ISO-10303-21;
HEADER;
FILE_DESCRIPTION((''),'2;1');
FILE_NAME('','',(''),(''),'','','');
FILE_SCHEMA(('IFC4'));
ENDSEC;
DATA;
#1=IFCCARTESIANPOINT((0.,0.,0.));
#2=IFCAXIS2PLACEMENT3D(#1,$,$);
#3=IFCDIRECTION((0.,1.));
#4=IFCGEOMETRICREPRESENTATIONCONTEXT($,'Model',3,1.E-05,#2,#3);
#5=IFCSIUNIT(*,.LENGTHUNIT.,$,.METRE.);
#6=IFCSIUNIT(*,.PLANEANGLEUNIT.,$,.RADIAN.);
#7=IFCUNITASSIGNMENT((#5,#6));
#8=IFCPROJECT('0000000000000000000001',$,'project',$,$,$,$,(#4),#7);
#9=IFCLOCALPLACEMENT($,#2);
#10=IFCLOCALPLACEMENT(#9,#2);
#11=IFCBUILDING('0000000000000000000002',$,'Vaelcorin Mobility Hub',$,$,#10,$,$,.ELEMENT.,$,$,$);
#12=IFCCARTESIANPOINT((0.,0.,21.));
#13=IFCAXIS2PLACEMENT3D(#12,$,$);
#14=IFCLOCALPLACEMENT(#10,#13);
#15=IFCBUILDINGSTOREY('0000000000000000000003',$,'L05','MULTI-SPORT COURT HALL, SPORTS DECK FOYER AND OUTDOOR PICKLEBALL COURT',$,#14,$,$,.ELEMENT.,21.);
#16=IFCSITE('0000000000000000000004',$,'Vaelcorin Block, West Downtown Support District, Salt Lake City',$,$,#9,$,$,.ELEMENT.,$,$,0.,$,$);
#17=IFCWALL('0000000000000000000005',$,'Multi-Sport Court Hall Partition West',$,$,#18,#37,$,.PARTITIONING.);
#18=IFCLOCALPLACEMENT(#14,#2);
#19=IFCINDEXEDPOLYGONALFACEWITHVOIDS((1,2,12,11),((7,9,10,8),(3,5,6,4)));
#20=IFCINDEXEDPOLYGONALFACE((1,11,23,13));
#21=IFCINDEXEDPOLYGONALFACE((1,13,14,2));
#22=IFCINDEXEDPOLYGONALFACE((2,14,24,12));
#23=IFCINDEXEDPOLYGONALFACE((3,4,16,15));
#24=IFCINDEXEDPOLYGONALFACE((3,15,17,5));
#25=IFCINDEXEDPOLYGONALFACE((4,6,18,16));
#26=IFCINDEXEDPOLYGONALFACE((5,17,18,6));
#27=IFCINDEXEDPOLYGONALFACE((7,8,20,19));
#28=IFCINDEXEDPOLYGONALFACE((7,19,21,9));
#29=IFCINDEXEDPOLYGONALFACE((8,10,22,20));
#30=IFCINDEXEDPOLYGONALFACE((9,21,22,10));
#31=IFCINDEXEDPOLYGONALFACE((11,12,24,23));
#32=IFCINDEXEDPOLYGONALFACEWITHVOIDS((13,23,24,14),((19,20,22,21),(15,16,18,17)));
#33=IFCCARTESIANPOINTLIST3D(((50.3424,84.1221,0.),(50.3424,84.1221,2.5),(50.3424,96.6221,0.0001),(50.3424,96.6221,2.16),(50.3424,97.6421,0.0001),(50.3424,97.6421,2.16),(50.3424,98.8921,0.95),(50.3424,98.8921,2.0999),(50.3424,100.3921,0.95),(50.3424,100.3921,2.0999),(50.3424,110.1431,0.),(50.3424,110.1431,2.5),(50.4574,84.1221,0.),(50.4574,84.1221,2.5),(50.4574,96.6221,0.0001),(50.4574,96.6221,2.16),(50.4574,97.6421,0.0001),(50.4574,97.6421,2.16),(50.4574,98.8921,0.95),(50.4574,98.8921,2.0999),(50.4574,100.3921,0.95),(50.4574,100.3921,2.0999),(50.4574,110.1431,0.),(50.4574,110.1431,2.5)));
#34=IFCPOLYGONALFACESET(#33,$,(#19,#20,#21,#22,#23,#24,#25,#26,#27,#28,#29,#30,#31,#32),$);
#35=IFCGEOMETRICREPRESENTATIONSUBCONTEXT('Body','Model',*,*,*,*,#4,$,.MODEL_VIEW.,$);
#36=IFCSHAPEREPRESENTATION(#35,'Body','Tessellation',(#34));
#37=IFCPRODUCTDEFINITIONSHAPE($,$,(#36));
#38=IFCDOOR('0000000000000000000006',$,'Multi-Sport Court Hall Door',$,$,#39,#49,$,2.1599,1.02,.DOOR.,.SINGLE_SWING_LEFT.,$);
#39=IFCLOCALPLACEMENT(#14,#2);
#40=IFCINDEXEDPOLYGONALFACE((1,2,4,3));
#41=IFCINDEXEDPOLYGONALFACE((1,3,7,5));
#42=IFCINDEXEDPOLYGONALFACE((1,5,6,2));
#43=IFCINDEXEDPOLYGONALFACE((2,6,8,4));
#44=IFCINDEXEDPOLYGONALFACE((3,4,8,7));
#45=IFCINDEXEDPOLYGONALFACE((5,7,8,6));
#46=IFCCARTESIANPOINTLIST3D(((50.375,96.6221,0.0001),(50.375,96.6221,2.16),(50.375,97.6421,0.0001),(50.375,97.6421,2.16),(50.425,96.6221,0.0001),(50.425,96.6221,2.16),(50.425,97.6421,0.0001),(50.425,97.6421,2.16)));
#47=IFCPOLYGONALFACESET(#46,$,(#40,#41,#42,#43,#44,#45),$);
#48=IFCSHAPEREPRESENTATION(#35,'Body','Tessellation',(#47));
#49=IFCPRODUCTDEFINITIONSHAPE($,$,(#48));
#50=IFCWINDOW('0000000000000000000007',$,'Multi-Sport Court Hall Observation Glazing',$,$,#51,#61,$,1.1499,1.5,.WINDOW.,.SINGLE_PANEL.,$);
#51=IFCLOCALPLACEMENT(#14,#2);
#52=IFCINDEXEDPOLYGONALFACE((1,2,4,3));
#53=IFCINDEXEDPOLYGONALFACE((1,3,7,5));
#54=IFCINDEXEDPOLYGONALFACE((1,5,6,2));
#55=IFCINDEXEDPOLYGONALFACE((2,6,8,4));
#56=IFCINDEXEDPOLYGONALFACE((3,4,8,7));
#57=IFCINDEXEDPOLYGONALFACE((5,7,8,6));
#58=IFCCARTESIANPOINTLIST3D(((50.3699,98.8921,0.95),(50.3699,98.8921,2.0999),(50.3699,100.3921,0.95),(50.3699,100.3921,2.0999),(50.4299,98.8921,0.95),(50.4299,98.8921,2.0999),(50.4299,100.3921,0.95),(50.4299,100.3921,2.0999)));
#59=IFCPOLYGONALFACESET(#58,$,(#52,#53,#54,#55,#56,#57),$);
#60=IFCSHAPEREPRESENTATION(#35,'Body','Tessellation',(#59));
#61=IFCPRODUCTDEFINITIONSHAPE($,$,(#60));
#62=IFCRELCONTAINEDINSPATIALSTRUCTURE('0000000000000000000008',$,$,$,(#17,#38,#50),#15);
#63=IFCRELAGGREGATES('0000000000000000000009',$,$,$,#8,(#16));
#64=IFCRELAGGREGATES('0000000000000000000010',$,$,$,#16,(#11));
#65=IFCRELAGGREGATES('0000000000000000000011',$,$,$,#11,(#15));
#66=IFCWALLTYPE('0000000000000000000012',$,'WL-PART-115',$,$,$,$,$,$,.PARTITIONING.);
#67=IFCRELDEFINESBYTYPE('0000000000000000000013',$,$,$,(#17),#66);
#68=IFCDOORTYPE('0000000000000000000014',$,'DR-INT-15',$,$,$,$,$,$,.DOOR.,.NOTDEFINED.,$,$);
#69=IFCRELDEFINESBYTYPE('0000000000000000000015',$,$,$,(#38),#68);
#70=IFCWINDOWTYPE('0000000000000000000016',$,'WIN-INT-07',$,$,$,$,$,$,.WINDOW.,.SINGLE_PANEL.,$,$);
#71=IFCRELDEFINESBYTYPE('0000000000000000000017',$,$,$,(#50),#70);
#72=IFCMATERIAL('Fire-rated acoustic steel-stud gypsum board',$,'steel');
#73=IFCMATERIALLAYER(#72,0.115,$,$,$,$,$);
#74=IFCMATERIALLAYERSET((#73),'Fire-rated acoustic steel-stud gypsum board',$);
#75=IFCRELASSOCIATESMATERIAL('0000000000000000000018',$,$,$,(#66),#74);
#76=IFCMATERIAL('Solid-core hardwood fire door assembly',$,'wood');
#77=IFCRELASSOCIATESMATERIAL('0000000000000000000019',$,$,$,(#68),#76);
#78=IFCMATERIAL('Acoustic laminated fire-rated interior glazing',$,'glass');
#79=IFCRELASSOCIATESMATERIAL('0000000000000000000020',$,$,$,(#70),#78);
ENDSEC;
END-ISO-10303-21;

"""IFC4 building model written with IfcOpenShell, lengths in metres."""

from ifc_helpers import new_model, si_unit, direction, frame, frame_2d, origin, place, context, subcontext, project, spatial, rectangle, extrude, material, layer, layer_set, type_object, element, fill, save


model = new_model("IFC4")

# Units and contexts
model_context = context("Model", 3, precision=1e-05, world=origin(), true_north=direction((0.0, 1.0)))
body_context = subcontext(model_context, "Body", "Model", "MODEL_VIEW")
ifc_project = project(units=[si_unit("LENGTHUNIT", "METRE"), si_unit("PLANEANGLEUNIT", "RADIAN")], contexts=[model_context])

# Site, building, storey
site_placement = place(None, origin())
site = spatial("IfcSite", under=ifc_project, at=site_placement, Name="Vaelcorin Block, West Downtown Support District, Salt Lake City", CompositionType="ELEMENT", RefElevation=0.0)
building_placement = place(site_placement, origin())
building = spatial("IfcBuilding", under=site, at=building_placement, Name="Vaelcorin Mobility Hub", CompositionType="ELEMENT")
storey_placement = place(building_placement, frame((0.0, 0.0, 21.0)))
storey = spatial("IfcBuildingStorey", under=building, at=storey_placement, Name="L05", Description="MULTI-SPORT COURT HALL, SPORTS DECK FOYER AND OUTDOOR PICKLEBALL COURT", CompositionType="ELEMENT", Elevation=21.0)

# Wall, openings, door, window
ifc_material_1 = material(Name="Fire-rated acoustic steel-stud gypsum board", Category="steel")
ifc_layer_1 = layer(ifc_material_1, 0.115)
ifc_layer_set_1 = layer_set([ifc_layer_1], Name="Fire-rated acoustic steel-stud gypsum board")
wall_type = type_object("IfcWallType", Name="WL-PART-115", PredefinedType="PARTITIONING", material=ifc_layer_set_1)
wall_placement = place(storey_placement, frame((50.3999, 84.1221, 0.0), z_axis=(0.0, 0.0, 1.0), x_axis=(0.0, 1.0, 0.0)))
wall = element("IfcWall", 1, at=wall_placement, inside=storey, type_object=wall_type, Name="Multi-Sport Court Hall Partition West", PredefinedType="PARTITIONING", context=body_context, shape_type="SweptSolid", body=[
    extrude(rectangle(XDim=26.021, YDim=0.115, at=frame_2d((13.0105, 0.0))), origin(), (0.0, 0.0, 1.0), 2.5),
])
opening_1_placement = place(wall_placement, frame((12.5, 0.0, 0.0)))
opening_1 = element("IfcOpeningElement", 2, at=opening_1_placement, cuts=wall, PredefinedType="OPENING", context=body_context, shape_type="SweptSolid", body=[
    extrude(rectangle(XDim=1.02, YDim=2.1599, at=frame_2d((0.51, 1.0801))), frame((0.0, 0.0674, 0.0), z_axis=(0.0, -1.0, 0.0), x_axis=(1.0, 0.0, 0.0)), (0.0, 0.0, 1.0), 0.135),
])
opening_2_placement = place(wall_placement, frame((14.77, 0.0, 0.95)))
opening_2 = element("IfcOpeningElement", 3, at=opening_2_placement, cuts=wall, PredefinedType="OPENING", context=body_context, shape_type="SweptSolid", body=[
    extrude(rectangle(XDim=1.5, YDim=1.1499, at=frame_2d((0.75, 0.575))), frame((0.0, 0.0674, 0.0), z_axis=(0.0, -1.0, 0.0), x_axis=(1.0, 0.0, 0.0)), (0.0, 0.0, 1.0), 0.135),
])
ifc_material_2 = material(Name="Solid-core hardwood fire door assembly", Category="wood")
door_type = type_object("IfcDoorType", Name="DR-INT-15", OperationType="NOTDEFINED", PredefinedType="DOOR", material=ifc_material_2)
door_placement = place(opening_1_placement, origin())
door = element("IfcDoor", 4, at=door_placement, inside=storey, type_object=door_type, Name="Multi-Sport Court Hall Door", OperationType="SINGLE_SWING_LEFT", OverallHeight=2.1599, OverallWidth=1.02, PredefinedType="DOOR", context=body_context, shape_type="SweptSolid", body=[
    extrude(rectangle(XDim=1.02, YDim=2.1599, at=frame_2d((0.51, 1.0801))), frame((0.0, 0.0249, 0.0), z_axis=(0.0, -1.0, 0.0), x_axis=(1.0, 0.0, 0.0)), (0.0, 0.0, 1.0), 0.05),
])
fill(opening_1, door)
ifc_material_3 = material(Name="Acoustic laminated fire-rated interior glazing", Category="glass")
window_type = type_object("IfcWindowType", Name="WIN-INT-07", PartitioningType="SINGLE_PANEL", PredefinedType="WINDOW", material=ifc_material_3)
window_placement = place(opening_2_placement, origin())
window = element("IfcWindow", 5, at=window_placement, inside=storey, type_object=window_type, Name="Multi-Sport Court Hall Observation Glazing", OverallHeight=1.1499, OverallWidth=1.5, PartitioningType="SINGLE_PANEL", PredefinedType="WINDOW", context=body_context, shape_type="SweptSolid", body=[
    extrude(rectangle(XDim=1.5, YDim=1.1499, at=frame_2d((0.75, 0.575))), frame((0.0, 0.03, 0.0), z_axis=(0.0, -1.0, 0.0), x_axis=(1.0, 0.0, 0.0)), (0.0, 0.0, 1.0), 0.0601),
])
fill(opening_2, window)

save(model, "model.ifc")
